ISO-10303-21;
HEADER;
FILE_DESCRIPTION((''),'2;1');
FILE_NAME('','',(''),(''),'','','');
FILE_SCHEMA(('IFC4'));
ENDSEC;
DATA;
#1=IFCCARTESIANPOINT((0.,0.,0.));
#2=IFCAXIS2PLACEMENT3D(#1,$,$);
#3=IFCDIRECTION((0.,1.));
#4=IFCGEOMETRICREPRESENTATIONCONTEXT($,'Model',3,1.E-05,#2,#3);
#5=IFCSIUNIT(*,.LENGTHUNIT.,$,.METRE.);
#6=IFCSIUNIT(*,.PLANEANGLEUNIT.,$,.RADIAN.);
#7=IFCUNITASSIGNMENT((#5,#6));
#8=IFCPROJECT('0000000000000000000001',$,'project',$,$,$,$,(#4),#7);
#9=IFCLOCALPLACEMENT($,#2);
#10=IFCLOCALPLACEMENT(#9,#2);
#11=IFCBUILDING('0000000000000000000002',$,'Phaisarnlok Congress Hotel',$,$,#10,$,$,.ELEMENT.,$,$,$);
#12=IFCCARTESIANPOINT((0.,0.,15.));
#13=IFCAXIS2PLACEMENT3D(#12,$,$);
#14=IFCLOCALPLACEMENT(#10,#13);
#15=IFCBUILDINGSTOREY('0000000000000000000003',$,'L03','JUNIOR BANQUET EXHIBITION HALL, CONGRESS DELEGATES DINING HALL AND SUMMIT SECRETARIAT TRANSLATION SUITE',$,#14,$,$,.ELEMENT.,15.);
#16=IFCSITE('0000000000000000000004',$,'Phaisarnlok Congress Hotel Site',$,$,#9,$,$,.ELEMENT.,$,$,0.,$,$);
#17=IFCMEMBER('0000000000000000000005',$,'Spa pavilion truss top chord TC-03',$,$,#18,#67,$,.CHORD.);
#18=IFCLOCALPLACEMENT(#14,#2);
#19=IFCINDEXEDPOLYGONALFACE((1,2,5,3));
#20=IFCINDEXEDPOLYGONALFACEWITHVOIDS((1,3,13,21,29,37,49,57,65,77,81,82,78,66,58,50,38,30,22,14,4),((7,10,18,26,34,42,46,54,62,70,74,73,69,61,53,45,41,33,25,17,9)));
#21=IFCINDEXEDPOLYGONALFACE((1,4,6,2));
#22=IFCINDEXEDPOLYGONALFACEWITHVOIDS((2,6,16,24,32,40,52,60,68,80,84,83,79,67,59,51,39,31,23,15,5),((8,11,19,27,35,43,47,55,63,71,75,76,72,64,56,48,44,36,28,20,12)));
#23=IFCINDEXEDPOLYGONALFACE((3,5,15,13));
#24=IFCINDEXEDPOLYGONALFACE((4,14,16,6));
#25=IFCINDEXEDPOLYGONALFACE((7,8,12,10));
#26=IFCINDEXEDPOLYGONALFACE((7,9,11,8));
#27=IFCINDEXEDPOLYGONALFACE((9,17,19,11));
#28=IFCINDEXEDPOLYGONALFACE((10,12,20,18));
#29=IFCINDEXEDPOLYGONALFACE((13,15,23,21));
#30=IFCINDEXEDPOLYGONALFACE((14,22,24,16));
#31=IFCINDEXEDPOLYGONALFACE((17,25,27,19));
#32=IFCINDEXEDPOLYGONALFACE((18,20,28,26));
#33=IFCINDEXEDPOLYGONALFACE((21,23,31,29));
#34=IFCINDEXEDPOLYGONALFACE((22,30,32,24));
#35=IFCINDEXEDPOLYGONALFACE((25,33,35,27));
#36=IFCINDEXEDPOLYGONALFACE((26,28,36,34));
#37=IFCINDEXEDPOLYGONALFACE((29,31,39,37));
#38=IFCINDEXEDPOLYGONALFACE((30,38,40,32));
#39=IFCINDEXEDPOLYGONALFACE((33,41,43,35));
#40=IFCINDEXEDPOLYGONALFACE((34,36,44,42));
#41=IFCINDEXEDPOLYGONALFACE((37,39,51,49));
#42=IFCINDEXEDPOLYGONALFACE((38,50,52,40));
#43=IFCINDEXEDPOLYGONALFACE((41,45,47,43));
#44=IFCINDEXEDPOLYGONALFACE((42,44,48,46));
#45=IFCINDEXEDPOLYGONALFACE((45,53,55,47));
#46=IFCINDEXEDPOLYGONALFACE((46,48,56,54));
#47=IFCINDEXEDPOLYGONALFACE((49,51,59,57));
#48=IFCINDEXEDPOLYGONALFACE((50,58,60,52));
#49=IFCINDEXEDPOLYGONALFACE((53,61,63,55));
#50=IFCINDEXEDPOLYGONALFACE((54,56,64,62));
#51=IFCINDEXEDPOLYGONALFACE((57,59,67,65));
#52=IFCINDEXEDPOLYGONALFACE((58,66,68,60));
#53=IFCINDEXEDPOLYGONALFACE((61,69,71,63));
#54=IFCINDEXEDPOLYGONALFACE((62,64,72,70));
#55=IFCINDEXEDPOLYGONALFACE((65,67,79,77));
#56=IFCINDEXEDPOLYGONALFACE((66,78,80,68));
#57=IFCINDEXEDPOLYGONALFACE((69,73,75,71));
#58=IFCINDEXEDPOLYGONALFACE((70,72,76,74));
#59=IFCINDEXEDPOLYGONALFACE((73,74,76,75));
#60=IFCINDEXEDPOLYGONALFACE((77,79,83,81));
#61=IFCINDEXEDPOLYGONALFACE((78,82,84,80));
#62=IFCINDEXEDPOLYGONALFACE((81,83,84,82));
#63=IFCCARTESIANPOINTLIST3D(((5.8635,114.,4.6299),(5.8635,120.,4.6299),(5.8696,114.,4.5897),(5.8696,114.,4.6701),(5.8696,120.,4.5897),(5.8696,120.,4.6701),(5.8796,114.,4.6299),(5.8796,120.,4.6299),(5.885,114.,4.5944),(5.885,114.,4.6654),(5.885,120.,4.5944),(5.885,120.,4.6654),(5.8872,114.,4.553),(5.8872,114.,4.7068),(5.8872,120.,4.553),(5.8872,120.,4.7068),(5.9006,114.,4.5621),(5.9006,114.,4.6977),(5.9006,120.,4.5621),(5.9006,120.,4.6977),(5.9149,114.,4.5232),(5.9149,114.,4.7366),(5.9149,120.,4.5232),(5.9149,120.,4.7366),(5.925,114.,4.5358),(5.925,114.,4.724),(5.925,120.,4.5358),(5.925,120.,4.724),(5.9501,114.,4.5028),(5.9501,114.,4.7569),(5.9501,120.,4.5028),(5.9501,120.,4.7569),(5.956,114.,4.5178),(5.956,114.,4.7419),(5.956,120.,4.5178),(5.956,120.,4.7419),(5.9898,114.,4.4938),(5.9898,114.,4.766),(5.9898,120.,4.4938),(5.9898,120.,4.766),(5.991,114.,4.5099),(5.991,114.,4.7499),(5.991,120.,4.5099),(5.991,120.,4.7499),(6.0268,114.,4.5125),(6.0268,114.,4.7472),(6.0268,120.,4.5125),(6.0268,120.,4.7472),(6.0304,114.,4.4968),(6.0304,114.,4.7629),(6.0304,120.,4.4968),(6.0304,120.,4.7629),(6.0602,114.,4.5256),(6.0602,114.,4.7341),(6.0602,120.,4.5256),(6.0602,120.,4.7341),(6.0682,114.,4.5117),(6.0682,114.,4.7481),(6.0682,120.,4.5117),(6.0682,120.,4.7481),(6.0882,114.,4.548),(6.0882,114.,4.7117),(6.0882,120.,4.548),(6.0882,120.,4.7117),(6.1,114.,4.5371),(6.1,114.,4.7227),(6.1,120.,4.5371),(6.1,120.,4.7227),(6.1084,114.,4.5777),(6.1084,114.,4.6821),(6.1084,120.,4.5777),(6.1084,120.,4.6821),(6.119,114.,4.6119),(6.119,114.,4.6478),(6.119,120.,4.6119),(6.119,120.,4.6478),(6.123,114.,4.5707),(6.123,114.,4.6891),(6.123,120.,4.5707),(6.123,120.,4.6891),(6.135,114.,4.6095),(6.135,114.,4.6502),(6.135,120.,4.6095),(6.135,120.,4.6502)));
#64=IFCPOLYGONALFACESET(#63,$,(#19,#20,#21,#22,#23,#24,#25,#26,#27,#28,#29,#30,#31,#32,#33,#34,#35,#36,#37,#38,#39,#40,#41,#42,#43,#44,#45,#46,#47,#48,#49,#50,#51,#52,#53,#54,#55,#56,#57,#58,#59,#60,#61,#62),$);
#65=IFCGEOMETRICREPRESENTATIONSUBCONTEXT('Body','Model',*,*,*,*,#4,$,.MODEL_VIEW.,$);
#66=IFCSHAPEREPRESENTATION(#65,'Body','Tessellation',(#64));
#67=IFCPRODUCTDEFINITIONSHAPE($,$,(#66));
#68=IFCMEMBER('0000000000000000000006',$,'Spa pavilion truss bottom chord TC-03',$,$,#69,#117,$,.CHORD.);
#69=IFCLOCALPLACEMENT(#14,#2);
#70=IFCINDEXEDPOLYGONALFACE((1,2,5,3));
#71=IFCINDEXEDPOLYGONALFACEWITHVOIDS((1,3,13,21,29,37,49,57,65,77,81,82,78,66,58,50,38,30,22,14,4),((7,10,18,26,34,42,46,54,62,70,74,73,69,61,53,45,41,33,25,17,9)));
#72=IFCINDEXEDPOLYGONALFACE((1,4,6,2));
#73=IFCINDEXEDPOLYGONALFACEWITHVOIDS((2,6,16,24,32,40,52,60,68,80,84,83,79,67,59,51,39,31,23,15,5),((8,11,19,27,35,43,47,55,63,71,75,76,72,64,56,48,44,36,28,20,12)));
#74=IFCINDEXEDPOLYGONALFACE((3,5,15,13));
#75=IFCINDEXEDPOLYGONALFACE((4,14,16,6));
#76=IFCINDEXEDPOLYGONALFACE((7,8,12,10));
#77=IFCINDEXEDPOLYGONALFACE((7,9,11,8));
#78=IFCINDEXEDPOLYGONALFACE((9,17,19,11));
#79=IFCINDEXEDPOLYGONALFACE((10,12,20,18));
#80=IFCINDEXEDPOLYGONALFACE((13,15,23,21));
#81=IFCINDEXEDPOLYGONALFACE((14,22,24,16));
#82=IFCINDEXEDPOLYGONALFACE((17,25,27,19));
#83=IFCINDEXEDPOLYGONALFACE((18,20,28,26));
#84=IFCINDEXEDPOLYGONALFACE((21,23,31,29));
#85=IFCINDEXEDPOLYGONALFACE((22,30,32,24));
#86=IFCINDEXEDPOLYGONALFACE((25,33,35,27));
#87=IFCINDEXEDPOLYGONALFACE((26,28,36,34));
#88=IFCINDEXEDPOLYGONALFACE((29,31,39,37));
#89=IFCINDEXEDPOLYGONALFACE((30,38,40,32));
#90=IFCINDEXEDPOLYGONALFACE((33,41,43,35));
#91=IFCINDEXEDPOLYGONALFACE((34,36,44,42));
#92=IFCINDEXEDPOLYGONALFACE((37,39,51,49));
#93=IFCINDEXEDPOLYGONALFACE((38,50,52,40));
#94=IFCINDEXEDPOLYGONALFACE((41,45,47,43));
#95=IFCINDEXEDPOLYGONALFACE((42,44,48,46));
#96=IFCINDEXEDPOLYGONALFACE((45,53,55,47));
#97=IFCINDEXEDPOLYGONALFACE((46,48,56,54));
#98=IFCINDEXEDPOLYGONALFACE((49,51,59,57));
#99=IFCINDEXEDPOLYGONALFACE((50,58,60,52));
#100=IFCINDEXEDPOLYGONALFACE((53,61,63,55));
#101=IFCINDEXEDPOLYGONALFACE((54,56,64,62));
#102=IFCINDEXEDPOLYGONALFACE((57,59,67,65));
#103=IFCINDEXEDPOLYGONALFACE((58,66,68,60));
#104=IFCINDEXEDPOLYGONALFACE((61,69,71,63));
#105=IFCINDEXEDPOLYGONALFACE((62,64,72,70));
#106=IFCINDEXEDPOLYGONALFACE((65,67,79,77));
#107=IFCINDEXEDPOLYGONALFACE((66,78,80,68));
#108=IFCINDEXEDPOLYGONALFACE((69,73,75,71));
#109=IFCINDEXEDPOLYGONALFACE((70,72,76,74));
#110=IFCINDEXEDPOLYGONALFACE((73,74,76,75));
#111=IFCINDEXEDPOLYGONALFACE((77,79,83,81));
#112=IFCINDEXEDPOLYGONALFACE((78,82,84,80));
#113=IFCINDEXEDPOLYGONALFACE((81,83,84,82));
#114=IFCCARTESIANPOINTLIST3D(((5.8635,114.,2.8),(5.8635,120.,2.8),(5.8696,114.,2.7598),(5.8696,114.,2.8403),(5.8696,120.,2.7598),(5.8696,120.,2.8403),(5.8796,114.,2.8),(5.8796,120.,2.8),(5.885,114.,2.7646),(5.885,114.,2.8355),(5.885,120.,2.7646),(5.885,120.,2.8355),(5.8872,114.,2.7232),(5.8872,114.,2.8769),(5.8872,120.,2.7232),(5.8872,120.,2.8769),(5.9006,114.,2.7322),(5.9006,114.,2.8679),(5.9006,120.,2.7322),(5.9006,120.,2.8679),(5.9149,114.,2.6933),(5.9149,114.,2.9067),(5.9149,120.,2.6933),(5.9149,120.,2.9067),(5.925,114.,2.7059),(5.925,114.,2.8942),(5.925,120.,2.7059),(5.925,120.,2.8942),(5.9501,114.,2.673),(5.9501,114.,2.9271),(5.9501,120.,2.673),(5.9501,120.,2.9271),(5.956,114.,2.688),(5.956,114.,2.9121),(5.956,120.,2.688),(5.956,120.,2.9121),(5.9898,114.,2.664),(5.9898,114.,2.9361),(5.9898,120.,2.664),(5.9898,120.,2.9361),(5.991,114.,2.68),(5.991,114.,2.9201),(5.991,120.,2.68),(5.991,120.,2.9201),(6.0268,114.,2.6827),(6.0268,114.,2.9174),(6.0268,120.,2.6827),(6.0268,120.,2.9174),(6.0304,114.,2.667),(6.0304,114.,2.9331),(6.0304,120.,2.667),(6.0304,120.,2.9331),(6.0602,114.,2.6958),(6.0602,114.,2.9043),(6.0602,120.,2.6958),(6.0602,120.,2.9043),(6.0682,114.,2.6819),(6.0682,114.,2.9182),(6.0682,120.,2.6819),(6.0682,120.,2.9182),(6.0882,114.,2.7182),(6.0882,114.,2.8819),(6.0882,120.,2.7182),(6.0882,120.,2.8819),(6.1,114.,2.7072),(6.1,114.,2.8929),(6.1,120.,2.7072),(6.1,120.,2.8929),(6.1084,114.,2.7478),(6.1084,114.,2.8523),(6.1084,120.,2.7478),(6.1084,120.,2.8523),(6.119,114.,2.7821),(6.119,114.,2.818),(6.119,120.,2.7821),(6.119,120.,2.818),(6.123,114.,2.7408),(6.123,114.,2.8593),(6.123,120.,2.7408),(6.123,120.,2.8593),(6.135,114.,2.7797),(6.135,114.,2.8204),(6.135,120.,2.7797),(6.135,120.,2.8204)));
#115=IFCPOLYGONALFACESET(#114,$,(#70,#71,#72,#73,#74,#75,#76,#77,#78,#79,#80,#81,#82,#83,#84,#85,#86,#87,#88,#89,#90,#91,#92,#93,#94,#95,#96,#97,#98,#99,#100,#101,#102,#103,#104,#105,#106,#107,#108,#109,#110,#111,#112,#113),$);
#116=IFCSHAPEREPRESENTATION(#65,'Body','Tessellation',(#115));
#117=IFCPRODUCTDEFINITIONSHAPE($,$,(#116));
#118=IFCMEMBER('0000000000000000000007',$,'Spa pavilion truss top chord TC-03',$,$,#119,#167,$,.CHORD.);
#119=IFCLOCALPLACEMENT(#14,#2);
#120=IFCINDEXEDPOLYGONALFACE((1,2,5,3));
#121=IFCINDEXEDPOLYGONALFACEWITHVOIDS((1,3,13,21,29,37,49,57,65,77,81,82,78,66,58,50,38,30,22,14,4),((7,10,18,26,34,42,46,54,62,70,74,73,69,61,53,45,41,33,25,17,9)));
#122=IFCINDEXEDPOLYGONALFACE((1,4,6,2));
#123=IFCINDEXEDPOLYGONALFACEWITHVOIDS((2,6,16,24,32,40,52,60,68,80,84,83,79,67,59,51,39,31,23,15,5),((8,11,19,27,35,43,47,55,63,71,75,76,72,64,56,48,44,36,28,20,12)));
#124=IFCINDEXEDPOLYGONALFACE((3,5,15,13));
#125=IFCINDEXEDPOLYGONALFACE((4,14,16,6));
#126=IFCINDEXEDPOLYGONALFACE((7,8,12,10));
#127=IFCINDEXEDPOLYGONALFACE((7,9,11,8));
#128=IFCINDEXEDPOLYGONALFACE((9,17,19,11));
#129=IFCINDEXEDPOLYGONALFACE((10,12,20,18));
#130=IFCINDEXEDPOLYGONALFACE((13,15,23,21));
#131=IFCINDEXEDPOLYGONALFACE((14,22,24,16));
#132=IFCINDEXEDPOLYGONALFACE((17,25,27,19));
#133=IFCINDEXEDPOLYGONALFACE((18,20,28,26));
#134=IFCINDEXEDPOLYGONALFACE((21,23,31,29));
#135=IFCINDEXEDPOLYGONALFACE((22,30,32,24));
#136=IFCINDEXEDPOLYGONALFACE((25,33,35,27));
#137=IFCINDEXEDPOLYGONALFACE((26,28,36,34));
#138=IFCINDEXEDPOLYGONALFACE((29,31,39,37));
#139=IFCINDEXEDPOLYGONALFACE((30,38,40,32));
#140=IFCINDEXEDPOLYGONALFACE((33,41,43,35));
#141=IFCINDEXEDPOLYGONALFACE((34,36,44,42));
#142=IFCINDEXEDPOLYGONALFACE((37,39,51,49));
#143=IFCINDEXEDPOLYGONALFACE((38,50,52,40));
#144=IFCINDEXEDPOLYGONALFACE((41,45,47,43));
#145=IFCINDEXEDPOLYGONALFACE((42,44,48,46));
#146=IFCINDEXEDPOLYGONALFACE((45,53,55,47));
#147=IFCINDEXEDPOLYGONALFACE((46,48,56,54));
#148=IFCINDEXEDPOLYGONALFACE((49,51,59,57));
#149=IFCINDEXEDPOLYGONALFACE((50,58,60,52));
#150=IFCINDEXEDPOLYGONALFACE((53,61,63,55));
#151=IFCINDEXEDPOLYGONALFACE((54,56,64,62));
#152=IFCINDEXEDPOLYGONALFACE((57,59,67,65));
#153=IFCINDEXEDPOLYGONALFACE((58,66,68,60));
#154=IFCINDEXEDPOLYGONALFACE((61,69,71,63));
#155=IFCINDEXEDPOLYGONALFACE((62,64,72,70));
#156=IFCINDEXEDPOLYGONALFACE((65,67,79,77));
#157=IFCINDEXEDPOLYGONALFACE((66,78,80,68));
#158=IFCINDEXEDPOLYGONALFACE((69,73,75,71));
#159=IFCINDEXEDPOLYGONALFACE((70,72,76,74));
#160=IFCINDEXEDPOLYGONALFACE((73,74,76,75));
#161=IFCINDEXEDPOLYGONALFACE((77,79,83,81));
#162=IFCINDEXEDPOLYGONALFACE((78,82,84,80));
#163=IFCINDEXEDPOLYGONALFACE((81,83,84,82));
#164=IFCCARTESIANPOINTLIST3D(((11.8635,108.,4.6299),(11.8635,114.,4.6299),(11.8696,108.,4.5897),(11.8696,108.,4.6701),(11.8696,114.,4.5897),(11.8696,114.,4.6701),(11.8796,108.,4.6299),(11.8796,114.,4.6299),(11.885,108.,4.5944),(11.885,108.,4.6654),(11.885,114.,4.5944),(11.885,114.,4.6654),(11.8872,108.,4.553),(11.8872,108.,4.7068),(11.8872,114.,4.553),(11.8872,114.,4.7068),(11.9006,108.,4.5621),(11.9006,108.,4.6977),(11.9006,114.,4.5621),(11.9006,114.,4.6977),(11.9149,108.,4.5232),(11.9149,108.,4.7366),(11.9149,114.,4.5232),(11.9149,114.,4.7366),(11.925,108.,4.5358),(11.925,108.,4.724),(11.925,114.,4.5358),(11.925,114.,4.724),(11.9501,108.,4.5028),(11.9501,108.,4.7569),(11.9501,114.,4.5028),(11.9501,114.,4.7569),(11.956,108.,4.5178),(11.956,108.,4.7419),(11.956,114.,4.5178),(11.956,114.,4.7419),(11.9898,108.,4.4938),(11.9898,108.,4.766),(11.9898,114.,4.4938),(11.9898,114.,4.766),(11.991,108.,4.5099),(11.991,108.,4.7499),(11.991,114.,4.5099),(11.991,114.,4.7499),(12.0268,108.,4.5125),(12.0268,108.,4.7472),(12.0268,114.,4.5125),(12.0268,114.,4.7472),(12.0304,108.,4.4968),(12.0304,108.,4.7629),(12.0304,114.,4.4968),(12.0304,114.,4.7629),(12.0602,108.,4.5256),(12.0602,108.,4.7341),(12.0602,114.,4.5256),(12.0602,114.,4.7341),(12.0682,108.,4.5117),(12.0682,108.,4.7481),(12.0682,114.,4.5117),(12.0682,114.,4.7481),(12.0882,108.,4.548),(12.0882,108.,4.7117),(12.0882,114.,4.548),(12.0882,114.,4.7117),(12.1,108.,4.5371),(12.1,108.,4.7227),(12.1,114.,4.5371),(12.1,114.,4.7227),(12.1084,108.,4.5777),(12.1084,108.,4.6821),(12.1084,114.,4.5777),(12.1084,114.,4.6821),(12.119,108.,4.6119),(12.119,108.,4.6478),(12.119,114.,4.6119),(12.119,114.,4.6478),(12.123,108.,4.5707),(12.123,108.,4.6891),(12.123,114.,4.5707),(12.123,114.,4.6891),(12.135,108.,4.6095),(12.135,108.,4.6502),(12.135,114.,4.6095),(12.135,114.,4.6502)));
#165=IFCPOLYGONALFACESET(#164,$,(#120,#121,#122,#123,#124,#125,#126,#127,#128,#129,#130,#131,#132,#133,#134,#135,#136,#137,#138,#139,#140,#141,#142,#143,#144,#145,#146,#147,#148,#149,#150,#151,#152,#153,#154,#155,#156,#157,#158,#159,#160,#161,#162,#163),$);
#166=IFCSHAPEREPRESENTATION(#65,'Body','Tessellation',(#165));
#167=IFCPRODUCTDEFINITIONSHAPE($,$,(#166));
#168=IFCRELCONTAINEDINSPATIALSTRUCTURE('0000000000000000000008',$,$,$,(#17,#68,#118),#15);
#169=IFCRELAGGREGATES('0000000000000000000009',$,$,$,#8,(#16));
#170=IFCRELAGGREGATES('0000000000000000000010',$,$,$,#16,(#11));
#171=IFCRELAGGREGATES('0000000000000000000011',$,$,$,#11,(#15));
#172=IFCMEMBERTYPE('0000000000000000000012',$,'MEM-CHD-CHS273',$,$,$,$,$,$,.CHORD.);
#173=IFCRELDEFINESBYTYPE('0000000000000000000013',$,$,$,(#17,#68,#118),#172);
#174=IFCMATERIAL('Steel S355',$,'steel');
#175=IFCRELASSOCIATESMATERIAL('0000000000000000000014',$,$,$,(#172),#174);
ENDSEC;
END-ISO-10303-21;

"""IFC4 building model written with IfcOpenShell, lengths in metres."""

from ifc_helpers import new_model, si_unit, direction, frame, origin, origin_2d, place, context, subcontext, project, spatial, hollow_circle, extrude, material, material_profile, profile_set, type_object, element, save


model = new_model("IFC4")

# Units and contexts
model_context = context("Model", 3, precision=1e-05, world=origin(), true_north=direction((0.0, 1.0)))
body_context = subcontext(model_context, "Body", "Model", "MODEL_VIEW")
ifc_project = project(units=[si_unit("LENGTHUNIT", "METRE"), si_unit("PLANEANGLEUNIT", "RADIAN")], contexts=[model_context])

# Site, building, storey
site_placement = place(None, origin())
site = spatial("IfcSite", under=ifc_project, at=site_placement, Name="Phaisarnlok Congress Hotel Site", CompositionType="ELEMENT", RefElevation=0.0)
building_placement = place(site_placement, origin())
building = spatial("IfcBuilding", under=site, at=building_placement, Name="Phaisarnlok Congress Hotel", CompositionType="ELEMENT")
storey_placement = place(building_placement, frame((0.0, 0.0, 15.0)))
storey = spatial("IfcBuildingStorey", under=building, at=storey_placement, Name="L03", Description="JUNIOR BANQUET EXHIBITION HALL, CONGRESS DELEGATES DINING HALL AND SUMMIT SECRETARIAT TRANSLATION SUITE", CompositionType="ELEMENT", Elevation=15.0)

# Shared definitions
ifc_material_1 = material(Name="Steel S355", Category="steel")

# Members
ifc_material_profile_1 = material_profile(ifc_material_1, hollow_circle(Radius=0.1365, WallThickness=0.0161, at=origin_2d()), Name="CHS 273x16")
ifc_profile_set_1 = profile_set([ifc_material_profile_1], Name="Steel S355")
member_type_1 = type_object("IfcMemberType", Name="MEM-CHD-CHS273", PredefinedType="CHORD", material=ifc_profile_set_1)
for number, where, z_axis, x_axis, name in (
    (1, (6.0, 114.0, 4.6299), (0.0, 1.0, 0.0), (-1.0, 0.0, 0.0), "Spa pavilion truss top chord TC-03"),
    (2, (6.0, 114.0, 2.8), (0.0, 1.0, 0.0), (-1.0, 0.0, 0.0), "Spa pavilion truss bottom chord TC-03"),
    (3, (12.0, 108.0, 4.6299), (0.0, 1.0, 0.0), (-1.0, 0.0, 0.0), "Spa pavilion truss top chord TC-03"),
):
    element("IfcMember", number, at=place(storey_placement, frame(where, z_axis=z_axis, x_axis=x_axis)), inside=storey, type_object=member_type_1, Name=name, PredefinedType="CHORD", context=body_context, shape_type="SweptSolid", body=[
        extrude(hollow_circle(Radius=0.1365, WallThickness=0.0161, at=origin_2d()), origin(), (0.0, 0.0, 1.0), 6.0),
    ])

save(model, "model.ifc")
